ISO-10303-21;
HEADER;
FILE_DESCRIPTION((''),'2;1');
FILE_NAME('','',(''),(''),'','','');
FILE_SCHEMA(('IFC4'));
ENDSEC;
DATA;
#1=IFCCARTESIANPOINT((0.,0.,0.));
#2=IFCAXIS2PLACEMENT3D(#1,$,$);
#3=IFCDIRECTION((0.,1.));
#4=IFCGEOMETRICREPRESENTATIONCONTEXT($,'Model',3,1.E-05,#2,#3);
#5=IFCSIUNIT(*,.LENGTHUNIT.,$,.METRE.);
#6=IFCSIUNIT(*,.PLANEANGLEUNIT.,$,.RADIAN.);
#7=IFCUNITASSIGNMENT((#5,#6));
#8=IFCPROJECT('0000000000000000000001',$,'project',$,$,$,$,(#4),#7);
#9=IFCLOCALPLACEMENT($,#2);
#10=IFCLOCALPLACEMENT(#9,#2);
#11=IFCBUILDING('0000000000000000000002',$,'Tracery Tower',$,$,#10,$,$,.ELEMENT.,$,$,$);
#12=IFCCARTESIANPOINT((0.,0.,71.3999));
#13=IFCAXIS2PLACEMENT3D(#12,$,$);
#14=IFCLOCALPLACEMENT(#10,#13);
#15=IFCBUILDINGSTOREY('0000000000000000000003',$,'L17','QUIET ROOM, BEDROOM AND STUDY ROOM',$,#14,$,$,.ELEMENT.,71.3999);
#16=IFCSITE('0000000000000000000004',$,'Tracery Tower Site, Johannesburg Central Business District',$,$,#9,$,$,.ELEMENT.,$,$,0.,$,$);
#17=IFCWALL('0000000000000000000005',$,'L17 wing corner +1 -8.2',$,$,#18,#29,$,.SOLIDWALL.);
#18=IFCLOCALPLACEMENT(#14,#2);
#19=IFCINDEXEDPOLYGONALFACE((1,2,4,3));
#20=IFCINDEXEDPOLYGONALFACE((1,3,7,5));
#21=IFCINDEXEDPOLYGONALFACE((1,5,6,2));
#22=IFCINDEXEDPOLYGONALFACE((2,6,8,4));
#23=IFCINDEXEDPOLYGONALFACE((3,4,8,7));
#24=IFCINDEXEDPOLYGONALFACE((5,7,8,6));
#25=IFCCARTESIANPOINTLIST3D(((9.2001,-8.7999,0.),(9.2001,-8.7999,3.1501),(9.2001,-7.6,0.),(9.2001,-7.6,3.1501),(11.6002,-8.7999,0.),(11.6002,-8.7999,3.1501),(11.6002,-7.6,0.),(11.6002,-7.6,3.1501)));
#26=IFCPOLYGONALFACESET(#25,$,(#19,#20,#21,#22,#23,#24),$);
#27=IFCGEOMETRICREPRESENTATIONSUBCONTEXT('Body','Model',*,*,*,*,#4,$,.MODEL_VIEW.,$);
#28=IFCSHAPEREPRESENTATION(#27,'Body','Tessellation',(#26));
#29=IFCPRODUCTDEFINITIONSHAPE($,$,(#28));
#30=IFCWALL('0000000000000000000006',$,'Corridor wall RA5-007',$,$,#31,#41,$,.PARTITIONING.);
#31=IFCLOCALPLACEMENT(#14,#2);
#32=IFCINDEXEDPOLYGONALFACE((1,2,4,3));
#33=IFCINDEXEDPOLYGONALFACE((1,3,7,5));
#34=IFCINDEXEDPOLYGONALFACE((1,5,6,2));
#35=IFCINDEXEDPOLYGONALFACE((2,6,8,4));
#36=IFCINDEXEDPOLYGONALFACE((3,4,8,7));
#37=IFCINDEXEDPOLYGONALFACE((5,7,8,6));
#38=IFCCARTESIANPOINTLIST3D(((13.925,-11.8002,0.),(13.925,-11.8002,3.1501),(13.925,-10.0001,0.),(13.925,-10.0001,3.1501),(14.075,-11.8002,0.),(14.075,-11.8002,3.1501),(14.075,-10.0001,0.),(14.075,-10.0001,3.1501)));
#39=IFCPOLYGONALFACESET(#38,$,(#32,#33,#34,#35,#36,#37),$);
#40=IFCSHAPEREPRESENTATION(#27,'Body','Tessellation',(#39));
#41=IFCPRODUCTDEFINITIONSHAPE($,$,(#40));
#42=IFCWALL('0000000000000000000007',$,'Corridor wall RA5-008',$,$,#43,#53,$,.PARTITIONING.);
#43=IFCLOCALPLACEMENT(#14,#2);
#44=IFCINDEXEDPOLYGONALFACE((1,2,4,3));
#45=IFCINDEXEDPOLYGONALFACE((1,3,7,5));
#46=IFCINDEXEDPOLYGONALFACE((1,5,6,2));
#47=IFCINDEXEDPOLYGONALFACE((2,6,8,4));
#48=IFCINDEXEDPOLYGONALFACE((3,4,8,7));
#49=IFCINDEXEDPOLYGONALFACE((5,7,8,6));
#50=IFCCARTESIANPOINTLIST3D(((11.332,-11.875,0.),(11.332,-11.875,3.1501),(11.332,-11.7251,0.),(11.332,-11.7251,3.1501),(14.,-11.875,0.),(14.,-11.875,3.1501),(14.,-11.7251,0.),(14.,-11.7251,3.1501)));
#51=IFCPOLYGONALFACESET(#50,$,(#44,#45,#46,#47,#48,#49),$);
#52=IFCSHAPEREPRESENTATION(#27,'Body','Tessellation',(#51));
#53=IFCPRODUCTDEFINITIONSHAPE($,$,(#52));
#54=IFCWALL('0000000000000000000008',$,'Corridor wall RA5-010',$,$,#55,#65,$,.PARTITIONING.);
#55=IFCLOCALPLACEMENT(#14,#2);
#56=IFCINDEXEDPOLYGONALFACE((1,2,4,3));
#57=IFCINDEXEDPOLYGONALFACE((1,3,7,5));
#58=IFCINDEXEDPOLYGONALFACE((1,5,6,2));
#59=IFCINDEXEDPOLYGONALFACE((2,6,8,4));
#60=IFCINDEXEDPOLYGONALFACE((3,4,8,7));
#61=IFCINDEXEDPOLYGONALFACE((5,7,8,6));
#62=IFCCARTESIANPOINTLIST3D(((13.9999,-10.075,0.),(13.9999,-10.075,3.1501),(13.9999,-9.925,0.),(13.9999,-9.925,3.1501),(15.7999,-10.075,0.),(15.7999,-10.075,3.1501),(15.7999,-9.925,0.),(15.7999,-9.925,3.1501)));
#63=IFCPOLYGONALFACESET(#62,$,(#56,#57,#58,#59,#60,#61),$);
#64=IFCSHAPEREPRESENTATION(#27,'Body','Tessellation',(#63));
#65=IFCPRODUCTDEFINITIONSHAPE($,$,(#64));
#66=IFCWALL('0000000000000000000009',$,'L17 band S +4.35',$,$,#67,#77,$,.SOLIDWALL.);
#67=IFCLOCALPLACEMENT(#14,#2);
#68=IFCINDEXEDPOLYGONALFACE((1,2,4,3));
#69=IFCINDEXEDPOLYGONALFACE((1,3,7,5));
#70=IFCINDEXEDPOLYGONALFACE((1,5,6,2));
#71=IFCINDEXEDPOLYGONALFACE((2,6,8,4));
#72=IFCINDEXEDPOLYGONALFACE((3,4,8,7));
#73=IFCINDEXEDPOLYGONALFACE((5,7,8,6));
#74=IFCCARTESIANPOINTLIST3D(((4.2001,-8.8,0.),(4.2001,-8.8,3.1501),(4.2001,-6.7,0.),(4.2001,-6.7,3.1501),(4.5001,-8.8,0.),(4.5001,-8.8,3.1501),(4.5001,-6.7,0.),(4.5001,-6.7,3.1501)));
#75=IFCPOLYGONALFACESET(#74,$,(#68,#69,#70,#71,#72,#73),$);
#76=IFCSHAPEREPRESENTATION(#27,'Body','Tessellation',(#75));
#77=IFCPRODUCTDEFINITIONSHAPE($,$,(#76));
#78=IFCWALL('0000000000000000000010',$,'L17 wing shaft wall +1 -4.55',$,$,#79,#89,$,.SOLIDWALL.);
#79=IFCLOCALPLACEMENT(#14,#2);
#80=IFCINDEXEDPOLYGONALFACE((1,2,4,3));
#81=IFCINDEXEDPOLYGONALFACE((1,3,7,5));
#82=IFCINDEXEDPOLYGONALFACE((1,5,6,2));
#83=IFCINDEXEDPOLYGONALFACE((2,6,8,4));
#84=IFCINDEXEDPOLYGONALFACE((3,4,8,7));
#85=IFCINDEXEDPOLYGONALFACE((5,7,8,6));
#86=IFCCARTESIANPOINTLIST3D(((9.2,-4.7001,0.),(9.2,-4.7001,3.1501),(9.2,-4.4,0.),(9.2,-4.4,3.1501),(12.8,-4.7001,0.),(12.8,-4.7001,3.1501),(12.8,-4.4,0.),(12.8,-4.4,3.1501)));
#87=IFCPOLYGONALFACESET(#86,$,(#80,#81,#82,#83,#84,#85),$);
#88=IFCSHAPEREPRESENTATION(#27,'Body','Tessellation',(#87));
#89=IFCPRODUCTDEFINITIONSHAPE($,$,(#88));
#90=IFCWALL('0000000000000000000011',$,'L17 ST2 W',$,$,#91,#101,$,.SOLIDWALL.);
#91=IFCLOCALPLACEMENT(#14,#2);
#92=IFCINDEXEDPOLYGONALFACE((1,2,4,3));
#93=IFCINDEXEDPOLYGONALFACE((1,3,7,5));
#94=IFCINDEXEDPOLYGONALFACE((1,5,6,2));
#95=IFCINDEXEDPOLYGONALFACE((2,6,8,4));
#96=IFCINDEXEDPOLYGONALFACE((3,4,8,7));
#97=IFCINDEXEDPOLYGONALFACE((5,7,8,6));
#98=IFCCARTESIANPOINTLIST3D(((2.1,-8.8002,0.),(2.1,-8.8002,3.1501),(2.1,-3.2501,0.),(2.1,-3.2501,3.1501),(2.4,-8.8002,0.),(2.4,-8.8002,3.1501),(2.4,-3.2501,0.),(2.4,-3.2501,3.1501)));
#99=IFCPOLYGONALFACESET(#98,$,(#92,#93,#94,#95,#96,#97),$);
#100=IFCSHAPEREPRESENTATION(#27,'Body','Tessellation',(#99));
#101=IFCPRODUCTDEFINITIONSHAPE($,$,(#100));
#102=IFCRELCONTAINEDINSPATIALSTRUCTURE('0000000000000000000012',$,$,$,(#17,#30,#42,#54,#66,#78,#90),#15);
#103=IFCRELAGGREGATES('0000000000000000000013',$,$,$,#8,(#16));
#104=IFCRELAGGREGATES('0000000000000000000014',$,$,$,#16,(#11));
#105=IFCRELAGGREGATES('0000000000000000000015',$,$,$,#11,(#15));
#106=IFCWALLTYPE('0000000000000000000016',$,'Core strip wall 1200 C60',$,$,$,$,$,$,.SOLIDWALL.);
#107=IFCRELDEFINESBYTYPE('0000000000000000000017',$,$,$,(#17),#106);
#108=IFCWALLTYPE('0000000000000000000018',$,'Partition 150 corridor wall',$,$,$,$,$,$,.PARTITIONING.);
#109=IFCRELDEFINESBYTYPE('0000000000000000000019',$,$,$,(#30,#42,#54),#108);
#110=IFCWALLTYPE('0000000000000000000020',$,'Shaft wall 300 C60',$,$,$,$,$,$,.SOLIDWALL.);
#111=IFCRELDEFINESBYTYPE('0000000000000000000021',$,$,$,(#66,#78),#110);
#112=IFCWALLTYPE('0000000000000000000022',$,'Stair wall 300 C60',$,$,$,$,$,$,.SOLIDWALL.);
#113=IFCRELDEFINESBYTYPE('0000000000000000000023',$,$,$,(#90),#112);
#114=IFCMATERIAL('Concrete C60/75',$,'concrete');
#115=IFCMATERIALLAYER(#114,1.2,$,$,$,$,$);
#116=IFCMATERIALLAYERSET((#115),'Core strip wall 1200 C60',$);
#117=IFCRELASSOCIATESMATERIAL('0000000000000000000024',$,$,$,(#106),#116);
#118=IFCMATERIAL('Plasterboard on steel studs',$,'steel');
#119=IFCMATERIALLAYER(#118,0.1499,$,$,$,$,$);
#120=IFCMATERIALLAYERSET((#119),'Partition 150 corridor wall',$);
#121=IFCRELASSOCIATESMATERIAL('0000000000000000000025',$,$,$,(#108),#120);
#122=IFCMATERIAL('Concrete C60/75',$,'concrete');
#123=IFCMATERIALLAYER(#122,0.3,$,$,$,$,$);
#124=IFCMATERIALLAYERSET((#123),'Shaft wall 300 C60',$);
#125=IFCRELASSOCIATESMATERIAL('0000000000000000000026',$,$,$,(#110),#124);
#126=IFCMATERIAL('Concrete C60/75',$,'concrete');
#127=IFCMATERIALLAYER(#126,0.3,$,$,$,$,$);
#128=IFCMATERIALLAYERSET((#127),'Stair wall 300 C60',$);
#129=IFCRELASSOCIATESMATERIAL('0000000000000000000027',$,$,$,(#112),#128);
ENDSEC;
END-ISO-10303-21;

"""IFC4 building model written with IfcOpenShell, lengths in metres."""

from ifc_helpers import new_model, si_unit, direction, frame, frame_2d, origin, place, context, subcontext, project, spatial, rectangle, extrude, material, layer, layer_set, type_object, element, save


model = new_model("IFC4")

# Units and contexts
model_context = context("Model", 3, precision=1e-05, world=origin(), true_north=direction((0.0, 1.0)))
body_context = subcontext(model_context, "Body", "Model", "MODEL_VIEW")
ifc_project = project(units=[si_unit("LENGTHUNIT", "METRE"), si_unit("PLANEANGLEUNIT", "RADIAN")], contexts=[model_context])

# Site, building, storey
site_placement = place(None, origin())
site = spatial("IfcSite", under=ifc_project, at=site_placement, Name="Tracery Tower Site, Johannesburg Central Business District", CompositionType="ELEMENT", RefElevation=0.0)
building_placement = place(site_placement, origin())
building = spatial("IfcBuilding", under=site, at=building_placement, Name="Tracery Tower", CompositionType="ELEMENT")
storey_placement = place(building_placement, frame((0.0, 0.0, 71.3999)))
storey = spatial("IfcBuildingStorey", under=building, at=storey_placement, Name="L17", Description="QUIET ROOM, BEDROOM AND STUDY ROOM", CompositionType="ELEMENT", Elevation=71.3999)

# Wall
ifc_material_1 = material(Name="Concrete C60/75", Category="concrete")
ifc_layer_1 = layer(ifc_material_1, 1.2)
ifc_layer_set_1 = layer_set([ifc_layer_1], Name="Core strip wall 1200 C60")
wall_type_1 = type_object("IfcWallType", Name="Core strip wall 1200 C60", PredefinedType="SOLIDWALL", material=ifc_layer_set_1)
wall_1_placement = place(storey_placement, frame((9.2, -8.2, 0.0), z_axis=(0.0, 0.0, 1.0), x_axis=(1.0, 0.0, 0.0)))
element("IfcWall", 1, at=wall_1_placement, inside=storey, type_object=wall_type_1, Name="L17 wing corner +1 -8.2", PredefinedType="SOLIDWALL", context=body_context, shape_type="SweptSolid", body=[
    extrude(rectangle(XDim=2.4001, YDim=1.2, at=frame_2d((1.2002, 0.0))), origin(), (0.0, 0.0, 1.0), 3.1501),
])

# Walls
ifc_material_2 = material(Name="Plasterboard on steel studs", Category="steel")
ifc_layer_2 = layer(ifc_material_2, 0.1499)
ifc_layer_set_2 = layer_set([ifc_layer_2], Name="Partition 150 corridor wall")
wall_type_2 = type_object("IfcWallType", Name="Partition 150 corridor wall", PredefinedType="PARTITIONING", material=ifc_layer_set_2)
wall_2_placement = place(storey_placement, frame((14.0, -11.8, 0.0), z_axis=(0.0, 0.0, 1.0), x_axis=(0.0, 1.0, 0.0)))
element("IfcWall", 2, at=wall_2_placement, inside=storey, type_object=wall_type_2, Name="Corridor wall RA5-007", PredefinedType="PARTITIONING", context=body_context, shape_type="SweptSolid", body=[
    extrude(rectangle(XDim=1.8, YDim=0.1499, at=frame_2d((0.8999, 0.0))), origin(), (0.0, 0.0, 1.0), 3.1501),
])
wall_3_placement = place(storey_placement, frame((11.332, -11.8, 0.0), z_axis=(0.0, 0.0, 1.0), x_axis=(1.0, 0.0, 0.0)))
element("IfcWall", 3, at=wall_3_placement, inside=storey, type_object=wall_type_2, Name="Corridor wall RA5-008", PredefinedType="PARTITIONING", context=body_context, shape_type="SweptSolid", body=[
    extrude(rectangle(XDim=2.668, YDim=0.1499, at=frame_2d((1.334, 0.0))), origin(), (0.0, 0.0, 1.0), 3.1501),
])
wall_4_placement = place(storey_placement, frame((14.0, -10.0, 0.0), z_axis=(0.0, 0.0, 1.0), x_axis=(1.0, 0.0, 0.0)))
element("IfcWall", 4, at=wall_4_placement, inside=storey, type_object=wall_type_2, Name="Corridor wall RA5-010", PredefinedType="PARTITIONING", context=body_context, shape_type="SweptSolid", body=[
    extrude(rectangle(XDim=1.8, YDim=0.1499, at=frame_2d((0.8999, 0.0))), origin(), (0.0, 0.0, 1.0), 3.1501),
])
ifc_material_3 = material(Name="Concrete C60/75", Category="concrete")
ifc_layer_3 = layer(ifc_material_3, 0.3)
ifc_layer_set_3 = layer_set([ifc_layer_3], Name="Shaft wall 300 C60")
wall_type_3 = type_object("IfcWallType", Name="Shaft wall 300 C60", PredefinedType="SOLIDWALL", material=ifc_layer_set_3)
wall_5_placement = place(storey_placement, frame((4.3501, -8.8, 0.0), z_axis=(0.0, 0.0, 1.0), x_axis=(0.0, 1.0, 0.0)))
element("IfcWall", 5, at=wall_5_placement, inside=storey, type_object=wall_type_3, Name="L17 band S +4.35", PredefinedType="SOLIDWALL", context=body_context, shape_type="SweptSolid", body=[
    extrude(rectangle(XDim=2.1001, YDim=0.3, at=frame_2d((1.05, 0.0))), origin(), (0.0, 0.0, 1.0), 3.1501),
])
wall_6_placement = place(storey_placement, frame((9.2, -4.55, 0.0), z_axis=(0.0, 0.0, 1.0), x_axis=(1.0, 0.0, 0.0)))
element("IfcWall", 6, at=wall_6_placement, inside=storey, type_object=wall_type_3, Name="L17 wing shaft wall +1 -4.55", PredefinedType="SOLIDWALL", context=body_context, shape_type="SweptSolid", body=[
    extrude(rectangle(XDim=3.6001, YDim=0.3, at=frame_2d((1.8, 0.0))), origin(), (0.0, 0.0, 1.0), 3.1501),
])

# Shared definitions
ifc_material_4 = material(Name="Concrete C60/75", Category="concrete")
ifc_layer_4 = layer(ifc_material_4, 0.3)
ifc_layer_set_4 = layer_set([ifc_layer_4], Name="Stair wall 300 C60")
wall_type_4 = type_object("IfcWallType", Name="Stair wall 300 C60", PredefinedType="SOLIDWALL", material=ifc_layer_set_4)

# Wall
wall_7_placement = place(storey_placement, frame((2.25, -8.8, 0.0), z_axis=(0.0, 0.0, 1.0), x_axis=(0.0, 1.0, 0.0)))
element("IfcWall", 7, at=wall_7_placement, inside=storey, type_object=wall_type_4, Name="L17 ST2 W", PredefinedType="SOLIDWALL", context=body_context, shape_type="SweptSolid", body=[
    extrude(rectangle(XDim=5.55, YDim=0.3, at=frame_2d((2.7749, 0.0))), origin(), (0.0, 0.0, 1.0), 3.1501),
])

save(model, "model.ifc")
